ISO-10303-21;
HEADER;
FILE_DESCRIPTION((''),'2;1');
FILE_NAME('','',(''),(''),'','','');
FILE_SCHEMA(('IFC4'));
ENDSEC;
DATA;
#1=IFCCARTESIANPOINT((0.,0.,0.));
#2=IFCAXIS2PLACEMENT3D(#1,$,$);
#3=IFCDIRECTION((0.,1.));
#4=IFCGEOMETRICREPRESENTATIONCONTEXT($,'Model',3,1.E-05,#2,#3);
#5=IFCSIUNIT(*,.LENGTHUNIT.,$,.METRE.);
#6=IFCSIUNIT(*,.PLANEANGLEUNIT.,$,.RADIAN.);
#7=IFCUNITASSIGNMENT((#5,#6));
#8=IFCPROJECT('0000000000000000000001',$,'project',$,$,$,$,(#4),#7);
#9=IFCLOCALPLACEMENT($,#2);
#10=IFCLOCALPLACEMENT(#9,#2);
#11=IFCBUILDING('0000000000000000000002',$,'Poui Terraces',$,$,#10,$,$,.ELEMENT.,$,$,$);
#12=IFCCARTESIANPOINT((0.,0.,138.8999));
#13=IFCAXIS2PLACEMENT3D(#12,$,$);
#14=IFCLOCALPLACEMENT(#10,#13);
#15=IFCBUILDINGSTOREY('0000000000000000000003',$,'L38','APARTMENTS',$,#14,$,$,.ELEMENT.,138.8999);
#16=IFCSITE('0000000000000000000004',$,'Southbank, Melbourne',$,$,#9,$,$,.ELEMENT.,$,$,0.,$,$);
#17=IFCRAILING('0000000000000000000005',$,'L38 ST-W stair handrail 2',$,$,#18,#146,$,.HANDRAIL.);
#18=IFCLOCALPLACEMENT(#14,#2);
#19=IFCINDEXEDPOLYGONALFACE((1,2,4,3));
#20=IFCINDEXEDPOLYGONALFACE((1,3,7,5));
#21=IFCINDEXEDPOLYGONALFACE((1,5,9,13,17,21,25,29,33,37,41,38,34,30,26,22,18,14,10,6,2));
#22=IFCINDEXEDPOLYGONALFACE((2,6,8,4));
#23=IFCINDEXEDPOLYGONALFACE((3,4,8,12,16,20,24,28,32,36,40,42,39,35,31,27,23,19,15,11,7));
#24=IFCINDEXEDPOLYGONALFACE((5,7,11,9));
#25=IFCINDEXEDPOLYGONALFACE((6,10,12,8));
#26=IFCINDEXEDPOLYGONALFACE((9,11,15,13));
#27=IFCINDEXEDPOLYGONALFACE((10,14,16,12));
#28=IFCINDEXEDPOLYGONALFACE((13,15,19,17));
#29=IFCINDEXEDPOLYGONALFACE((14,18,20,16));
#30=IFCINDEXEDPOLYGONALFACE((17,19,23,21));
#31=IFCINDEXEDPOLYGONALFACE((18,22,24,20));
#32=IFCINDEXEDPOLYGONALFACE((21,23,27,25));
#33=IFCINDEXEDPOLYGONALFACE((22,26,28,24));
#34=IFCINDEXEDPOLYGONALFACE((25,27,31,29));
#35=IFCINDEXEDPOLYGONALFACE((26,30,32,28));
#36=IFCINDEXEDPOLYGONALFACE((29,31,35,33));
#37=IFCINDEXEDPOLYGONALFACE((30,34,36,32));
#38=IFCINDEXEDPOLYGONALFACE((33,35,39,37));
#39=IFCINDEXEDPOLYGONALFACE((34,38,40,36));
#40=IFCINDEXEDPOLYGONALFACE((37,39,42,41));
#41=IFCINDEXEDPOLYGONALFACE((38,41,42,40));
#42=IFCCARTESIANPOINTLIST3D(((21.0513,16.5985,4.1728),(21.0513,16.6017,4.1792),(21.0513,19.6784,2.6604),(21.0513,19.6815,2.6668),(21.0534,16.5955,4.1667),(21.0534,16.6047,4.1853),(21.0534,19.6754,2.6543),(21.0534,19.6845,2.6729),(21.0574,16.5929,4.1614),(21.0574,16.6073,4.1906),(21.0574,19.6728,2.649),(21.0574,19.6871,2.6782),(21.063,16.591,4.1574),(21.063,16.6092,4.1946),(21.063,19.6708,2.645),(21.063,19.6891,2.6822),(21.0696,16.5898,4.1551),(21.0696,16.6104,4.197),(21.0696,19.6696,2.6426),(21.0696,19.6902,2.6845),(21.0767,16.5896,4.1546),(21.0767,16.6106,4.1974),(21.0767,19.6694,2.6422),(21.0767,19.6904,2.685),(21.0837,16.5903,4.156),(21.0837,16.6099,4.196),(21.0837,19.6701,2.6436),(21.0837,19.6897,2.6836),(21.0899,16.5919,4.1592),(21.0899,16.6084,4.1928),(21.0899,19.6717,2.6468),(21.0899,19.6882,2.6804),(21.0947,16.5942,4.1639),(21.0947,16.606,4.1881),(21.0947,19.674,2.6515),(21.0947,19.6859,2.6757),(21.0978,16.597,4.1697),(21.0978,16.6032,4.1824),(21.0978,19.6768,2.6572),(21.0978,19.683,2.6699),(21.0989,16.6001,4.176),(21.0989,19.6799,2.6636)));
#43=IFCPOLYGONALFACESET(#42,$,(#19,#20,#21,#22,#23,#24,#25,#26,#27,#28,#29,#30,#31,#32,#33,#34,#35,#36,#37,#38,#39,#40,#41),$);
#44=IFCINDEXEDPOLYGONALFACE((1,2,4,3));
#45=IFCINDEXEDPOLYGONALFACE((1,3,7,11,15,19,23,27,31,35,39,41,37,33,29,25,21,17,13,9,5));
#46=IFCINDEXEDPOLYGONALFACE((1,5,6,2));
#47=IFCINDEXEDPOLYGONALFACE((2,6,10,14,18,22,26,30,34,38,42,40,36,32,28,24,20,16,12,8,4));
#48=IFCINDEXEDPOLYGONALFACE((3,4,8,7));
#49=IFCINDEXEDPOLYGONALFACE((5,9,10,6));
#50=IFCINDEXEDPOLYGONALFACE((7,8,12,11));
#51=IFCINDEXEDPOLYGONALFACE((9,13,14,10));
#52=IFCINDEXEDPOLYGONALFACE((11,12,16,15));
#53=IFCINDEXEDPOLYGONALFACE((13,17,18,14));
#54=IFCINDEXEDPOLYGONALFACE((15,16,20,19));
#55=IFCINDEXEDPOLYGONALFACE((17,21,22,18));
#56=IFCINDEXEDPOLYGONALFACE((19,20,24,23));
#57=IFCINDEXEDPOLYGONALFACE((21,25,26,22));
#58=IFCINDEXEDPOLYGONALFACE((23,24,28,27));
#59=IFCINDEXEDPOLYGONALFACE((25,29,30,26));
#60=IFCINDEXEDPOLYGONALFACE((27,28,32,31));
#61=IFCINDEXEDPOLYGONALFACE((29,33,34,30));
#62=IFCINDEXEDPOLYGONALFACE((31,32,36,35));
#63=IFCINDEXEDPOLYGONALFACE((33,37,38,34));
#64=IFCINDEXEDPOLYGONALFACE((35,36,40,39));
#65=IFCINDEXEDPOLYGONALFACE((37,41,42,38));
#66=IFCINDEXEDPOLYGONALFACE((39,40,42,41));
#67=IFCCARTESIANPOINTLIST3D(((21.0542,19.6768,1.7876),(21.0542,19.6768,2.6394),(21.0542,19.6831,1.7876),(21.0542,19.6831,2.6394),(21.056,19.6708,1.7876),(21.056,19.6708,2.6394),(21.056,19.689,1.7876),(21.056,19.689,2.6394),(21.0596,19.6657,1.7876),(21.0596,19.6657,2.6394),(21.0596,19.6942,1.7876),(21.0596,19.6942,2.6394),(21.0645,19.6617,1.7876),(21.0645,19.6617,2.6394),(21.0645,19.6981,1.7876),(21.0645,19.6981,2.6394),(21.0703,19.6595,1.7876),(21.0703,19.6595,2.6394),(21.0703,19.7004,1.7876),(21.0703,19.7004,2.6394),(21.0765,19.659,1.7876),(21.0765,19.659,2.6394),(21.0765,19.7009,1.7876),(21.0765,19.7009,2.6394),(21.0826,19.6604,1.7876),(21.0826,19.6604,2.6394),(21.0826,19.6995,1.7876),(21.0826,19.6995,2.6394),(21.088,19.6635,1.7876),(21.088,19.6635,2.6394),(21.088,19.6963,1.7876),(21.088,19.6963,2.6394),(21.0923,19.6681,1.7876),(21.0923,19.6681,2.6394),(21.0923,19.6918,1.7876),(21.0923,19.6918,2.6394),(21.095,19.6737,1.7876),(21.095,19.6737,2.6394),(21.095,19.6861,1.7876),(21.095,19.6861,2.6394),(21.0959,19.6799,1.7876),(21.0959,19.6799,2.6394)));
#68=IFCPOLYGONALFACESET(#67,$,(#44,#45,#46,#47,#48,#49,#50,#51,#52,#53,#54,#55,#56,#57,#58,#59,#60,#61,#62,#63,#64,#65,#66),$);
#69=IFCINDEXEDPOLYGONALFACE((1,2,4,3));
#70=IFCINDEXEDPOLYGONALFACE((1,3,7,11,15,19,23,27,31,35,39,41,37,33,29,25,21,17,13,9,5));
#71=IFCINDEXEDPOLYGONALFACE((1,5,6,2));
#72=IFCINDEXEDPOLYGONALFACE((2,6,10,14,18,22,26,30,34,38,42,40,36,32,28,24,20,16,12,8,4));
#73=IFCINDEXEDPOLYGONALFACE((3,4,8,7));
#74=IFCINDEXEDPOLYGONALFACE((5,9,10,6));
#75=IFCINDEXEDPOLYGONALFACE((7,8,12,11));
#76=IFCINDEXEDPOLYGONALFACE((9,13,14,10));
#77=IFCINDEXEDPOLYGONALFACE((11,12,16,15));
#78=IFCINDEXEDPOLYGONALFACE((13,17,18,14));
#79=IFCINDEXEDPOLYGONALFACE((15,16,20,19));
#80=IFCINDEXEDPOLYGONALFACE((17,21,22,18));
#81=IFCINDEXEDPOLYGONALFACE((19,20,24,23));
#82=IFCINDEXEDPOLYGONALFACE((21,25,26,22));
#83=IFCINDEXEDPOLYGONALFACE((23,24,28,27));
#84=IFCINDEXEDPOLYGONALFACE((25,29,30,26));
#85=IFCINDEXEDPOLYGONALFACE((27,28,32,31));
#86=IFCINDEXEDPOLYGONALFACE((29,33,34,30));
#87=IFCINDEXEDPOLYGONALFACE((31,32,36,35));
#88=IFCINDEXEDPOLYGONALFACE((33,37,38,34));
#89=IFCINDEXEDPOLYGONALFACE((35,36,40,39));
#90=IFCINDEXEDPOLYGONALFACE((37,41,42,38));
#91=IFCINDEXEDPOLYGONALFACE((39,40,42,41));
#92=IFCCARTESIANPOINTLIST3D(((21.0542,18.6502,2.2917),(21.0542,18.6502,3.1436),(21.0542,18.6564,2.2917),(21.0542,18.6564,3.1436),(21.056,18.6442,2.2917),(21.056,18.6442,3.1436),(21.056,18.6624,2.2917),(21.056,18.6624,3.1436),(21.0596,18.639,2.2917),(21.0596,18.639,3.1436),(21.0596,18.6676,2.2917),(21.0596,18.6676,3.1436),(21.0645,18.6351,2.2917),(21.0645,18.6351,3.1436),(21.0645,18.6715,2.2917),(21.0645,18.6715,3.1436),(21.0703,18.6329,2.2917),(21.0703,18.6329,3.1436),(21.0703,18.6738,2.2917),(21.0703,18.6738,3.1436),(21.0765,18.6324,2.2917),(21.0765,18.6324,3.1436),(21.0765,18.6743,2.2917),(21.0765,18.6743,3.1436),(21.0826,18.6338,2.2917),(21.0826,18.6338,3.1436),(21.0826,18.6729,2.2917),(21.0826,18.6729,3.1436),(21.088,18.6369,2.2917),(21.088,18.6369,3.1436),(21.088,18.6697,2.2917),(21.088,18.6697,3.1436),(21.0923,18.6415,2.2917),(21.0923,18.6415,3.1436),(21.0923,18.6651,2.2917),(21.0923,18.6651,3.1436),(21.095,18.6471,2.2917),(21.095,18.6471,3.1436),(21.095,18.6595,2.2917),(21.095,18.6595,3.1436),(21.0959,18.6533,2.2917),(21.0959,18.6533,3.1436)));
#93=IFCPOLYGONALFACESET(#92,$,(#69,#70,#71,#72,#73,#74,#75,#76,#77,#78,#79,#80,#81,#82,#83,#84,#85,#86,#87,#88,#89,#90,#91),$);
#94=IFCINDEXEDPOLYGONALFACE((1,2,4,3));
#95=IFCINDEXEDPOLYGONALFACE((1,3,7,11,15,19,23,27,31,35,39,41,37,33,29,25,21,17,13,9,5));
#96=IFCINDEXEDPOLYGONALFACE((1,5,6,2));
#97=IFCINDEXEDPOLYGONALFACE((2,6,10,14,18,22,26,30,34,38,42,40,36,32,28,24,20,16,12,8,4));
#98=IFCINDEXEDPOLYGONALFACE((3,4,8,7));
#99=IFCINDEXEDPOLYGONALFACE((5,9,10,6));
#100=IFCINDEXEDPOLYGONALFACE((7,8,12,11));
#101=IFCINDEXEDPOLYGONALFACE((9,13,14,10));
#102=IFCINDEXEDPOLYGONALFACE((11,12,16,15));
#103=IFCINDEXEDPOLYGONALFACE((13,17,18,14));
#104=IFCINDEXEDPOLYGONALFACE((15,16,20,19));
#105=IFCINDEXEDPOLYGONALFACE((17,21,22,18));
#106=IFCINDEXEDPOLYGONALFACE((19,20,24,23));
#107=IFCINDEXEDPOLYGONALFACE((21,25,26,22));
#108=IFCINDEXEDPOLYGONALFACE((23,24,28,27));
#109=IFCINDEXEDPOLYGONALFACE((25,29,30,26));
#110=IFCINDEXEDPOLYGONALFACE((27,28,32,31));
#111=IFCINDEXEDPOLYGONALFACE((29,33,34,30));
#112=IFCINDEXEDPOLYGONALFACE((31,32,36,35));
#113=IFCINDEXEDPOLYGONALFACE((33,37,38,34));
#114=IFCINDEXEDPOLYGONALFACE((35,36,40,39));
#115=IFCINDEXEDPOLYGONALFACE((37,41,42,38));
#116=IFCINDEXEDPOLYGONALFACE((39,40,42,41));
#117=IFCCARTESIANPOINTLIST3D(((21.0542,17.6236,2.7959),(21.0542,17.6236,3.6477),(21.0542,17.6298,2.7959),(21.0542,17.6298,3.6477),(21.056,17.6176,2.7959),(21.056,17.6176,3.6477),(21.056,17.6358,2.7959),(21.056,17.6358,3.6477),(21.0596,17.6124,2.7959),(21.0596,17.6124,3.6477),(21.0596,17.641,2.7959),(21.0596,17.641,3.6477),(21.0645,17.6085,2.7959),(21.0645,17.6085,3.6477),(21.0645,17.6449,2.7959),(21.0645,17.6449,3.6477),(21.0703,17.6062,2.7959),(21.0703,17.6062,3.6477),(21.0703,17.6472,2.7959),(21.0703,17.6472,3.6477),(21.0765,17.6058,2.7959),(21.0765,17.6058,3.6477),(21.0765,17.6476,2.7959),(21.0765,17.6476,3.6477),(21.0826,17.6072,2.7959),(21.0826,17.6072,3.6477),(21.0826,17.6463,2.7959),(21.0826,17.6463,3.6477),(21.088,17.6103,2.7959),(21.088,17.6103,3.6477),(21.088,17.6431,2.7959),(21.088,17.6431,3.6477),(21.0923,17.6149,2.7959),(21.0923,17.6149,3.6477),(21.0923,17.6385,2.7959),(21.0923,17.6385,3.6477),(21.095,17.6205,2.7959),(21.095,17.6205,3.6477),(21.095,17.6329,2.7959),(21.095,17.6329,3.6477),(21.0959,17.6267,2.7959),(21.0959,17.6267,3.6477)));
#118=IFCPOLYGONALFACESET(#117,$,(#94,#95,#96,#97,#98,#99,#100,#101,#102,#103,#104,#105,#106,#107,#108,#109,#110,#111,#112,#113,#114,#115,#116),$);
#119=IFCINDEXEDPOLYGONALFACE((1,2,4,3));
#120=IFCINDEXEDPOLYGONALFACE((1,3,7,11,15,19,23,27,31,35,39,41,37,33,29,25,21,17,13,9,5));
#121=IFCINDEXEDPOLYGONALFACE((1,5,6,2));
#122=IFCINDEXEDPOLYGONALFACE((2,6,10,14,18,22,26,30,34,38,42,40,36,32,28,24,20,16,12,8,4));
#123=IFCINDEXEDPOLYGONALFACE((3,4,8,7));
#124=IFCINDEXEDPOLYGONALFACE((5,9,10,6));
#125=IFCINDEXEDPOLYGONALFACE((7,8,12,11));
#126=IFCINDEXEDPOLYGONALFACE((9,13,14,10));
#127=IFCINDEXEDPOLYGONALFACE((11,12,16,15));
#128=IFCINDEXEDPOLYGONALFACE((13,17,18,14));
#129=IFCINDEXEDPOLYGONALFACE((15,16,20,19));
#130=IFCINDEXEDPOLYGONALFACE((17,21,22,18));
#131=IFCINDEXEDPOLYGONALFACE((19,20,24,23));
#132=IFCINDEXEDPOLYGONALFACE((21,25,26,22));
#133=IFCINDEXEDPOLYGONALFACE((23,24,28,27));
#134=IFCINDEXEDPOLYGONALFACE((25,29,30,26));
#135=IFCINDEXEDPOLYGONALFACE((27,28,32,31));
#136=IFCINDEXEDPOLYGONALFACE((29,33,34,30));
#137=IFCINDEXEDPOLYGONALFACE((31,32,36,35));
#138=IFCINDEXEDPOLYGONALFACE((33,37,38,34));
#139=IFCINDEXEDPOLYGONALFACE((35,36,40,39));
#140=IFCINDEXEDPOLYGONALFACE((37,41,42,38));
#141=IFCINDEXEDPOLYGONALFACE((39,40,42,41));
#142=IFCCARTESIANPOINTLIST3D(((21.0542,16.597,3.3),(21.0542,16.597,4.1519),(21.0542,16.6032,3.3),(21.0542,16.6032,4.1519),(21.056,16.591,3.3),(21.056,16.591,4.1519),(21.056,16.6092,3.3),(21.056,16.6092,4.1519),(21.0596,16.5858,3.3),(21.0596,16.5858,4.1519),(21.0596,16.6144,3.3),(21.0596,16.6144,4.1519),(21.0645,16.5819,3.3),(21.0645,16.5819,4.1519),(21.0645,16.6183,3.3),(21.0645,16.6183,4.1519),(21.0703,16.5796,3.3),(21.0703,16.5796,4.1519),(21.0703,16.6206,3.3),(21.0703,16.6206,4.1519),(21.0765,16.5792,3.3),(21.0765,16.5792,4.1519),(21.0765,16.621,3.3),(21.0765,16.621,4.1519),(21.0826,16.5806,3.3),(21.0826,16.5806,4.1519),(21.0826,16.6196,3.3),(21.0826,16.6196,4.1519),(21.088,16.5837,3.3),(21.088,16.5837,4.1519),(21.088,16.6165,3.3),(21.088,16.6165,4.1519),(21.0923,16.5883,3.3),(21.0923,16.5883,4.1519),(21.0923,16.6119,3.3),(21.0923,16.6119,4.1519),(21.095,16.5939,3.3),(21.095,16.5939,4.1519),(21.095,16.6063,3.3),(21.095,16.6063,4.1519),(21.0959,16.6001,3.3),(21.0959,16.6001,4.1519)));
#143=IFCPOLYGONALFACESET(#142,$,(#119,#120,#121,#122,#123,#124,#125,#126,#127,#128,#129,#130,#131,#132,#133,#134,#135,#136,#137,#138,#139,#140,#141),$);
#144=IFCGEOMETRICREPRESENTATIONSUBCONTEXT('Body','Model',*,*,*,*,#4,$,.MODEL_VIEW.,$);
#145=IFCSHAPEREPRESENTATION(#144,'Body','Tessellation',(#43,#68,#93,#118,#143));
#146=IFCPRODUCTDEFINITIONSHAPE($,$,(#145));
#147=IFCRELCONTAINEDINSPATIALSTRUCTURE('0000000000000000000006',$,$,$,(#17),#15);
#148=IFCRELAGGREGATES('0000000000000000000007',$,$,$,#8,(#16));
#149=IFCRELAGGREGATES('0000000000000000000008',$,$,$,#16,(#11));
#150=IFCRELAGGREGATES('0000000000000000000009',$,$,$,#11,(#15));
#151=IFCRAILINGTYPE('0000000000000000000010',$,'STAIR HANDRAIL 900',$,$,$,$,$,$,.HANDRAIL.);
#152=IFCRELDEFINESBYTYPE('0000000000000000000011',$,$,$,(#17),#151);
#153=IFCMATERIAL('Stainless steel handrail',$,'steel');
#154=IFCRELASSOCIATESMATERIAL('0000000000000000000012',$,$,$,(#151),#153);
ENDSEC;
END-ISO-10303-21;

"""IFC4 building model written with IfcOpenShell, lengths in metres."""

from ifc_helpers import new_model, si_unit, direction, frame, origin, origin_2d, place, context, subcontext, project, spatial, circle, extrude, material, type_object, element, save


model = new_model("IFC4")

# Units and contexts
model_context = context("Model", 3, precision=1e-05, world=origin(), true_north=direction((0.0, 1.0)))
body_context = subcontext(model_context, "Body", "Model", "MODEL_VIEW")
ifc_project = project(units=[si_unit("LENGTHUNIT", "METRE"), si_unit("PLANEANGLEUNIT", "RADIAN")], contexts=[model_context])

# Site, building, storey
site_placement = place(None, origin())
site = spatial("IfcSite", under=ifc_project, at=site_placement, Name="Southbank, Melbourne", CompositionType="ELEMENT", RefElevation=0.0)
building_placement = place(site_placement, origin())
building = spatial("IfcBuilding", under=site, at=building_placement, Name="Poui Terraces", CompositionType="ELEMENT")
storey_placement = place(building_placement, frame((0.0, 0.0, 138.8999)))
storey = spatial("IfcBuildingStorey", under=building, at=storey_placement, Name="L38", Description="APARTMENTS", CompositionType="ELEMENT", Elevation=138.8999)

# Railing
ifc_material_1 = material(Name="Stainless steel handrail", Category="steel")
railing_type = type_object("IfcRailingType", Name="STAIR HANDRAIL 900", PredefinedType="HANDRAIL", material=ifc_material_1)
railing_placement = place(storey_placement, frame((21.075, 19.6799, 1.7876)))
element("IfcRailing", 1, at=railing_placement, inside=storey, type_object=railing_type, Name="L38 ST-W stair handrail 2", PredefinedType="HANDRAIL", context=body_context, shape_type="SweptSolid", body=[
    extrude(circle(Radius=0.0239, at=origin_2d()), frame((0.0, 0.0, 0.876), z_axis=(0.0, -0.897606, 0.440798), x_axis=(1.0, 0.0, 0.0)), (0.0, 0.0, 1.0), 3.4312),
    extrude(circle(Radius=0.021, at=origin_2d()), origin(), (0.0, 0.0, 1.0), 0.8518),
    extrude(circle(Radius=0.021, at=origin_2d()), frame((0.0, -1.0266, 0.5042)), (0.0, 0.0, 1.0), 0.8518),
    extrude(circle(Radius=0.021, at=origin_2d()), frame((0.0, -2.0532, 1.0083)), (0.0, 0.0, 1.0), 0.8518),
    extrude(circle(Radius=0.021, at=origin_2d()), frame((0.0, -3.0798, 1.5125)), (0.0, 0.0, 1.0), 0.8518),
])

save(model, "model.ifc")
